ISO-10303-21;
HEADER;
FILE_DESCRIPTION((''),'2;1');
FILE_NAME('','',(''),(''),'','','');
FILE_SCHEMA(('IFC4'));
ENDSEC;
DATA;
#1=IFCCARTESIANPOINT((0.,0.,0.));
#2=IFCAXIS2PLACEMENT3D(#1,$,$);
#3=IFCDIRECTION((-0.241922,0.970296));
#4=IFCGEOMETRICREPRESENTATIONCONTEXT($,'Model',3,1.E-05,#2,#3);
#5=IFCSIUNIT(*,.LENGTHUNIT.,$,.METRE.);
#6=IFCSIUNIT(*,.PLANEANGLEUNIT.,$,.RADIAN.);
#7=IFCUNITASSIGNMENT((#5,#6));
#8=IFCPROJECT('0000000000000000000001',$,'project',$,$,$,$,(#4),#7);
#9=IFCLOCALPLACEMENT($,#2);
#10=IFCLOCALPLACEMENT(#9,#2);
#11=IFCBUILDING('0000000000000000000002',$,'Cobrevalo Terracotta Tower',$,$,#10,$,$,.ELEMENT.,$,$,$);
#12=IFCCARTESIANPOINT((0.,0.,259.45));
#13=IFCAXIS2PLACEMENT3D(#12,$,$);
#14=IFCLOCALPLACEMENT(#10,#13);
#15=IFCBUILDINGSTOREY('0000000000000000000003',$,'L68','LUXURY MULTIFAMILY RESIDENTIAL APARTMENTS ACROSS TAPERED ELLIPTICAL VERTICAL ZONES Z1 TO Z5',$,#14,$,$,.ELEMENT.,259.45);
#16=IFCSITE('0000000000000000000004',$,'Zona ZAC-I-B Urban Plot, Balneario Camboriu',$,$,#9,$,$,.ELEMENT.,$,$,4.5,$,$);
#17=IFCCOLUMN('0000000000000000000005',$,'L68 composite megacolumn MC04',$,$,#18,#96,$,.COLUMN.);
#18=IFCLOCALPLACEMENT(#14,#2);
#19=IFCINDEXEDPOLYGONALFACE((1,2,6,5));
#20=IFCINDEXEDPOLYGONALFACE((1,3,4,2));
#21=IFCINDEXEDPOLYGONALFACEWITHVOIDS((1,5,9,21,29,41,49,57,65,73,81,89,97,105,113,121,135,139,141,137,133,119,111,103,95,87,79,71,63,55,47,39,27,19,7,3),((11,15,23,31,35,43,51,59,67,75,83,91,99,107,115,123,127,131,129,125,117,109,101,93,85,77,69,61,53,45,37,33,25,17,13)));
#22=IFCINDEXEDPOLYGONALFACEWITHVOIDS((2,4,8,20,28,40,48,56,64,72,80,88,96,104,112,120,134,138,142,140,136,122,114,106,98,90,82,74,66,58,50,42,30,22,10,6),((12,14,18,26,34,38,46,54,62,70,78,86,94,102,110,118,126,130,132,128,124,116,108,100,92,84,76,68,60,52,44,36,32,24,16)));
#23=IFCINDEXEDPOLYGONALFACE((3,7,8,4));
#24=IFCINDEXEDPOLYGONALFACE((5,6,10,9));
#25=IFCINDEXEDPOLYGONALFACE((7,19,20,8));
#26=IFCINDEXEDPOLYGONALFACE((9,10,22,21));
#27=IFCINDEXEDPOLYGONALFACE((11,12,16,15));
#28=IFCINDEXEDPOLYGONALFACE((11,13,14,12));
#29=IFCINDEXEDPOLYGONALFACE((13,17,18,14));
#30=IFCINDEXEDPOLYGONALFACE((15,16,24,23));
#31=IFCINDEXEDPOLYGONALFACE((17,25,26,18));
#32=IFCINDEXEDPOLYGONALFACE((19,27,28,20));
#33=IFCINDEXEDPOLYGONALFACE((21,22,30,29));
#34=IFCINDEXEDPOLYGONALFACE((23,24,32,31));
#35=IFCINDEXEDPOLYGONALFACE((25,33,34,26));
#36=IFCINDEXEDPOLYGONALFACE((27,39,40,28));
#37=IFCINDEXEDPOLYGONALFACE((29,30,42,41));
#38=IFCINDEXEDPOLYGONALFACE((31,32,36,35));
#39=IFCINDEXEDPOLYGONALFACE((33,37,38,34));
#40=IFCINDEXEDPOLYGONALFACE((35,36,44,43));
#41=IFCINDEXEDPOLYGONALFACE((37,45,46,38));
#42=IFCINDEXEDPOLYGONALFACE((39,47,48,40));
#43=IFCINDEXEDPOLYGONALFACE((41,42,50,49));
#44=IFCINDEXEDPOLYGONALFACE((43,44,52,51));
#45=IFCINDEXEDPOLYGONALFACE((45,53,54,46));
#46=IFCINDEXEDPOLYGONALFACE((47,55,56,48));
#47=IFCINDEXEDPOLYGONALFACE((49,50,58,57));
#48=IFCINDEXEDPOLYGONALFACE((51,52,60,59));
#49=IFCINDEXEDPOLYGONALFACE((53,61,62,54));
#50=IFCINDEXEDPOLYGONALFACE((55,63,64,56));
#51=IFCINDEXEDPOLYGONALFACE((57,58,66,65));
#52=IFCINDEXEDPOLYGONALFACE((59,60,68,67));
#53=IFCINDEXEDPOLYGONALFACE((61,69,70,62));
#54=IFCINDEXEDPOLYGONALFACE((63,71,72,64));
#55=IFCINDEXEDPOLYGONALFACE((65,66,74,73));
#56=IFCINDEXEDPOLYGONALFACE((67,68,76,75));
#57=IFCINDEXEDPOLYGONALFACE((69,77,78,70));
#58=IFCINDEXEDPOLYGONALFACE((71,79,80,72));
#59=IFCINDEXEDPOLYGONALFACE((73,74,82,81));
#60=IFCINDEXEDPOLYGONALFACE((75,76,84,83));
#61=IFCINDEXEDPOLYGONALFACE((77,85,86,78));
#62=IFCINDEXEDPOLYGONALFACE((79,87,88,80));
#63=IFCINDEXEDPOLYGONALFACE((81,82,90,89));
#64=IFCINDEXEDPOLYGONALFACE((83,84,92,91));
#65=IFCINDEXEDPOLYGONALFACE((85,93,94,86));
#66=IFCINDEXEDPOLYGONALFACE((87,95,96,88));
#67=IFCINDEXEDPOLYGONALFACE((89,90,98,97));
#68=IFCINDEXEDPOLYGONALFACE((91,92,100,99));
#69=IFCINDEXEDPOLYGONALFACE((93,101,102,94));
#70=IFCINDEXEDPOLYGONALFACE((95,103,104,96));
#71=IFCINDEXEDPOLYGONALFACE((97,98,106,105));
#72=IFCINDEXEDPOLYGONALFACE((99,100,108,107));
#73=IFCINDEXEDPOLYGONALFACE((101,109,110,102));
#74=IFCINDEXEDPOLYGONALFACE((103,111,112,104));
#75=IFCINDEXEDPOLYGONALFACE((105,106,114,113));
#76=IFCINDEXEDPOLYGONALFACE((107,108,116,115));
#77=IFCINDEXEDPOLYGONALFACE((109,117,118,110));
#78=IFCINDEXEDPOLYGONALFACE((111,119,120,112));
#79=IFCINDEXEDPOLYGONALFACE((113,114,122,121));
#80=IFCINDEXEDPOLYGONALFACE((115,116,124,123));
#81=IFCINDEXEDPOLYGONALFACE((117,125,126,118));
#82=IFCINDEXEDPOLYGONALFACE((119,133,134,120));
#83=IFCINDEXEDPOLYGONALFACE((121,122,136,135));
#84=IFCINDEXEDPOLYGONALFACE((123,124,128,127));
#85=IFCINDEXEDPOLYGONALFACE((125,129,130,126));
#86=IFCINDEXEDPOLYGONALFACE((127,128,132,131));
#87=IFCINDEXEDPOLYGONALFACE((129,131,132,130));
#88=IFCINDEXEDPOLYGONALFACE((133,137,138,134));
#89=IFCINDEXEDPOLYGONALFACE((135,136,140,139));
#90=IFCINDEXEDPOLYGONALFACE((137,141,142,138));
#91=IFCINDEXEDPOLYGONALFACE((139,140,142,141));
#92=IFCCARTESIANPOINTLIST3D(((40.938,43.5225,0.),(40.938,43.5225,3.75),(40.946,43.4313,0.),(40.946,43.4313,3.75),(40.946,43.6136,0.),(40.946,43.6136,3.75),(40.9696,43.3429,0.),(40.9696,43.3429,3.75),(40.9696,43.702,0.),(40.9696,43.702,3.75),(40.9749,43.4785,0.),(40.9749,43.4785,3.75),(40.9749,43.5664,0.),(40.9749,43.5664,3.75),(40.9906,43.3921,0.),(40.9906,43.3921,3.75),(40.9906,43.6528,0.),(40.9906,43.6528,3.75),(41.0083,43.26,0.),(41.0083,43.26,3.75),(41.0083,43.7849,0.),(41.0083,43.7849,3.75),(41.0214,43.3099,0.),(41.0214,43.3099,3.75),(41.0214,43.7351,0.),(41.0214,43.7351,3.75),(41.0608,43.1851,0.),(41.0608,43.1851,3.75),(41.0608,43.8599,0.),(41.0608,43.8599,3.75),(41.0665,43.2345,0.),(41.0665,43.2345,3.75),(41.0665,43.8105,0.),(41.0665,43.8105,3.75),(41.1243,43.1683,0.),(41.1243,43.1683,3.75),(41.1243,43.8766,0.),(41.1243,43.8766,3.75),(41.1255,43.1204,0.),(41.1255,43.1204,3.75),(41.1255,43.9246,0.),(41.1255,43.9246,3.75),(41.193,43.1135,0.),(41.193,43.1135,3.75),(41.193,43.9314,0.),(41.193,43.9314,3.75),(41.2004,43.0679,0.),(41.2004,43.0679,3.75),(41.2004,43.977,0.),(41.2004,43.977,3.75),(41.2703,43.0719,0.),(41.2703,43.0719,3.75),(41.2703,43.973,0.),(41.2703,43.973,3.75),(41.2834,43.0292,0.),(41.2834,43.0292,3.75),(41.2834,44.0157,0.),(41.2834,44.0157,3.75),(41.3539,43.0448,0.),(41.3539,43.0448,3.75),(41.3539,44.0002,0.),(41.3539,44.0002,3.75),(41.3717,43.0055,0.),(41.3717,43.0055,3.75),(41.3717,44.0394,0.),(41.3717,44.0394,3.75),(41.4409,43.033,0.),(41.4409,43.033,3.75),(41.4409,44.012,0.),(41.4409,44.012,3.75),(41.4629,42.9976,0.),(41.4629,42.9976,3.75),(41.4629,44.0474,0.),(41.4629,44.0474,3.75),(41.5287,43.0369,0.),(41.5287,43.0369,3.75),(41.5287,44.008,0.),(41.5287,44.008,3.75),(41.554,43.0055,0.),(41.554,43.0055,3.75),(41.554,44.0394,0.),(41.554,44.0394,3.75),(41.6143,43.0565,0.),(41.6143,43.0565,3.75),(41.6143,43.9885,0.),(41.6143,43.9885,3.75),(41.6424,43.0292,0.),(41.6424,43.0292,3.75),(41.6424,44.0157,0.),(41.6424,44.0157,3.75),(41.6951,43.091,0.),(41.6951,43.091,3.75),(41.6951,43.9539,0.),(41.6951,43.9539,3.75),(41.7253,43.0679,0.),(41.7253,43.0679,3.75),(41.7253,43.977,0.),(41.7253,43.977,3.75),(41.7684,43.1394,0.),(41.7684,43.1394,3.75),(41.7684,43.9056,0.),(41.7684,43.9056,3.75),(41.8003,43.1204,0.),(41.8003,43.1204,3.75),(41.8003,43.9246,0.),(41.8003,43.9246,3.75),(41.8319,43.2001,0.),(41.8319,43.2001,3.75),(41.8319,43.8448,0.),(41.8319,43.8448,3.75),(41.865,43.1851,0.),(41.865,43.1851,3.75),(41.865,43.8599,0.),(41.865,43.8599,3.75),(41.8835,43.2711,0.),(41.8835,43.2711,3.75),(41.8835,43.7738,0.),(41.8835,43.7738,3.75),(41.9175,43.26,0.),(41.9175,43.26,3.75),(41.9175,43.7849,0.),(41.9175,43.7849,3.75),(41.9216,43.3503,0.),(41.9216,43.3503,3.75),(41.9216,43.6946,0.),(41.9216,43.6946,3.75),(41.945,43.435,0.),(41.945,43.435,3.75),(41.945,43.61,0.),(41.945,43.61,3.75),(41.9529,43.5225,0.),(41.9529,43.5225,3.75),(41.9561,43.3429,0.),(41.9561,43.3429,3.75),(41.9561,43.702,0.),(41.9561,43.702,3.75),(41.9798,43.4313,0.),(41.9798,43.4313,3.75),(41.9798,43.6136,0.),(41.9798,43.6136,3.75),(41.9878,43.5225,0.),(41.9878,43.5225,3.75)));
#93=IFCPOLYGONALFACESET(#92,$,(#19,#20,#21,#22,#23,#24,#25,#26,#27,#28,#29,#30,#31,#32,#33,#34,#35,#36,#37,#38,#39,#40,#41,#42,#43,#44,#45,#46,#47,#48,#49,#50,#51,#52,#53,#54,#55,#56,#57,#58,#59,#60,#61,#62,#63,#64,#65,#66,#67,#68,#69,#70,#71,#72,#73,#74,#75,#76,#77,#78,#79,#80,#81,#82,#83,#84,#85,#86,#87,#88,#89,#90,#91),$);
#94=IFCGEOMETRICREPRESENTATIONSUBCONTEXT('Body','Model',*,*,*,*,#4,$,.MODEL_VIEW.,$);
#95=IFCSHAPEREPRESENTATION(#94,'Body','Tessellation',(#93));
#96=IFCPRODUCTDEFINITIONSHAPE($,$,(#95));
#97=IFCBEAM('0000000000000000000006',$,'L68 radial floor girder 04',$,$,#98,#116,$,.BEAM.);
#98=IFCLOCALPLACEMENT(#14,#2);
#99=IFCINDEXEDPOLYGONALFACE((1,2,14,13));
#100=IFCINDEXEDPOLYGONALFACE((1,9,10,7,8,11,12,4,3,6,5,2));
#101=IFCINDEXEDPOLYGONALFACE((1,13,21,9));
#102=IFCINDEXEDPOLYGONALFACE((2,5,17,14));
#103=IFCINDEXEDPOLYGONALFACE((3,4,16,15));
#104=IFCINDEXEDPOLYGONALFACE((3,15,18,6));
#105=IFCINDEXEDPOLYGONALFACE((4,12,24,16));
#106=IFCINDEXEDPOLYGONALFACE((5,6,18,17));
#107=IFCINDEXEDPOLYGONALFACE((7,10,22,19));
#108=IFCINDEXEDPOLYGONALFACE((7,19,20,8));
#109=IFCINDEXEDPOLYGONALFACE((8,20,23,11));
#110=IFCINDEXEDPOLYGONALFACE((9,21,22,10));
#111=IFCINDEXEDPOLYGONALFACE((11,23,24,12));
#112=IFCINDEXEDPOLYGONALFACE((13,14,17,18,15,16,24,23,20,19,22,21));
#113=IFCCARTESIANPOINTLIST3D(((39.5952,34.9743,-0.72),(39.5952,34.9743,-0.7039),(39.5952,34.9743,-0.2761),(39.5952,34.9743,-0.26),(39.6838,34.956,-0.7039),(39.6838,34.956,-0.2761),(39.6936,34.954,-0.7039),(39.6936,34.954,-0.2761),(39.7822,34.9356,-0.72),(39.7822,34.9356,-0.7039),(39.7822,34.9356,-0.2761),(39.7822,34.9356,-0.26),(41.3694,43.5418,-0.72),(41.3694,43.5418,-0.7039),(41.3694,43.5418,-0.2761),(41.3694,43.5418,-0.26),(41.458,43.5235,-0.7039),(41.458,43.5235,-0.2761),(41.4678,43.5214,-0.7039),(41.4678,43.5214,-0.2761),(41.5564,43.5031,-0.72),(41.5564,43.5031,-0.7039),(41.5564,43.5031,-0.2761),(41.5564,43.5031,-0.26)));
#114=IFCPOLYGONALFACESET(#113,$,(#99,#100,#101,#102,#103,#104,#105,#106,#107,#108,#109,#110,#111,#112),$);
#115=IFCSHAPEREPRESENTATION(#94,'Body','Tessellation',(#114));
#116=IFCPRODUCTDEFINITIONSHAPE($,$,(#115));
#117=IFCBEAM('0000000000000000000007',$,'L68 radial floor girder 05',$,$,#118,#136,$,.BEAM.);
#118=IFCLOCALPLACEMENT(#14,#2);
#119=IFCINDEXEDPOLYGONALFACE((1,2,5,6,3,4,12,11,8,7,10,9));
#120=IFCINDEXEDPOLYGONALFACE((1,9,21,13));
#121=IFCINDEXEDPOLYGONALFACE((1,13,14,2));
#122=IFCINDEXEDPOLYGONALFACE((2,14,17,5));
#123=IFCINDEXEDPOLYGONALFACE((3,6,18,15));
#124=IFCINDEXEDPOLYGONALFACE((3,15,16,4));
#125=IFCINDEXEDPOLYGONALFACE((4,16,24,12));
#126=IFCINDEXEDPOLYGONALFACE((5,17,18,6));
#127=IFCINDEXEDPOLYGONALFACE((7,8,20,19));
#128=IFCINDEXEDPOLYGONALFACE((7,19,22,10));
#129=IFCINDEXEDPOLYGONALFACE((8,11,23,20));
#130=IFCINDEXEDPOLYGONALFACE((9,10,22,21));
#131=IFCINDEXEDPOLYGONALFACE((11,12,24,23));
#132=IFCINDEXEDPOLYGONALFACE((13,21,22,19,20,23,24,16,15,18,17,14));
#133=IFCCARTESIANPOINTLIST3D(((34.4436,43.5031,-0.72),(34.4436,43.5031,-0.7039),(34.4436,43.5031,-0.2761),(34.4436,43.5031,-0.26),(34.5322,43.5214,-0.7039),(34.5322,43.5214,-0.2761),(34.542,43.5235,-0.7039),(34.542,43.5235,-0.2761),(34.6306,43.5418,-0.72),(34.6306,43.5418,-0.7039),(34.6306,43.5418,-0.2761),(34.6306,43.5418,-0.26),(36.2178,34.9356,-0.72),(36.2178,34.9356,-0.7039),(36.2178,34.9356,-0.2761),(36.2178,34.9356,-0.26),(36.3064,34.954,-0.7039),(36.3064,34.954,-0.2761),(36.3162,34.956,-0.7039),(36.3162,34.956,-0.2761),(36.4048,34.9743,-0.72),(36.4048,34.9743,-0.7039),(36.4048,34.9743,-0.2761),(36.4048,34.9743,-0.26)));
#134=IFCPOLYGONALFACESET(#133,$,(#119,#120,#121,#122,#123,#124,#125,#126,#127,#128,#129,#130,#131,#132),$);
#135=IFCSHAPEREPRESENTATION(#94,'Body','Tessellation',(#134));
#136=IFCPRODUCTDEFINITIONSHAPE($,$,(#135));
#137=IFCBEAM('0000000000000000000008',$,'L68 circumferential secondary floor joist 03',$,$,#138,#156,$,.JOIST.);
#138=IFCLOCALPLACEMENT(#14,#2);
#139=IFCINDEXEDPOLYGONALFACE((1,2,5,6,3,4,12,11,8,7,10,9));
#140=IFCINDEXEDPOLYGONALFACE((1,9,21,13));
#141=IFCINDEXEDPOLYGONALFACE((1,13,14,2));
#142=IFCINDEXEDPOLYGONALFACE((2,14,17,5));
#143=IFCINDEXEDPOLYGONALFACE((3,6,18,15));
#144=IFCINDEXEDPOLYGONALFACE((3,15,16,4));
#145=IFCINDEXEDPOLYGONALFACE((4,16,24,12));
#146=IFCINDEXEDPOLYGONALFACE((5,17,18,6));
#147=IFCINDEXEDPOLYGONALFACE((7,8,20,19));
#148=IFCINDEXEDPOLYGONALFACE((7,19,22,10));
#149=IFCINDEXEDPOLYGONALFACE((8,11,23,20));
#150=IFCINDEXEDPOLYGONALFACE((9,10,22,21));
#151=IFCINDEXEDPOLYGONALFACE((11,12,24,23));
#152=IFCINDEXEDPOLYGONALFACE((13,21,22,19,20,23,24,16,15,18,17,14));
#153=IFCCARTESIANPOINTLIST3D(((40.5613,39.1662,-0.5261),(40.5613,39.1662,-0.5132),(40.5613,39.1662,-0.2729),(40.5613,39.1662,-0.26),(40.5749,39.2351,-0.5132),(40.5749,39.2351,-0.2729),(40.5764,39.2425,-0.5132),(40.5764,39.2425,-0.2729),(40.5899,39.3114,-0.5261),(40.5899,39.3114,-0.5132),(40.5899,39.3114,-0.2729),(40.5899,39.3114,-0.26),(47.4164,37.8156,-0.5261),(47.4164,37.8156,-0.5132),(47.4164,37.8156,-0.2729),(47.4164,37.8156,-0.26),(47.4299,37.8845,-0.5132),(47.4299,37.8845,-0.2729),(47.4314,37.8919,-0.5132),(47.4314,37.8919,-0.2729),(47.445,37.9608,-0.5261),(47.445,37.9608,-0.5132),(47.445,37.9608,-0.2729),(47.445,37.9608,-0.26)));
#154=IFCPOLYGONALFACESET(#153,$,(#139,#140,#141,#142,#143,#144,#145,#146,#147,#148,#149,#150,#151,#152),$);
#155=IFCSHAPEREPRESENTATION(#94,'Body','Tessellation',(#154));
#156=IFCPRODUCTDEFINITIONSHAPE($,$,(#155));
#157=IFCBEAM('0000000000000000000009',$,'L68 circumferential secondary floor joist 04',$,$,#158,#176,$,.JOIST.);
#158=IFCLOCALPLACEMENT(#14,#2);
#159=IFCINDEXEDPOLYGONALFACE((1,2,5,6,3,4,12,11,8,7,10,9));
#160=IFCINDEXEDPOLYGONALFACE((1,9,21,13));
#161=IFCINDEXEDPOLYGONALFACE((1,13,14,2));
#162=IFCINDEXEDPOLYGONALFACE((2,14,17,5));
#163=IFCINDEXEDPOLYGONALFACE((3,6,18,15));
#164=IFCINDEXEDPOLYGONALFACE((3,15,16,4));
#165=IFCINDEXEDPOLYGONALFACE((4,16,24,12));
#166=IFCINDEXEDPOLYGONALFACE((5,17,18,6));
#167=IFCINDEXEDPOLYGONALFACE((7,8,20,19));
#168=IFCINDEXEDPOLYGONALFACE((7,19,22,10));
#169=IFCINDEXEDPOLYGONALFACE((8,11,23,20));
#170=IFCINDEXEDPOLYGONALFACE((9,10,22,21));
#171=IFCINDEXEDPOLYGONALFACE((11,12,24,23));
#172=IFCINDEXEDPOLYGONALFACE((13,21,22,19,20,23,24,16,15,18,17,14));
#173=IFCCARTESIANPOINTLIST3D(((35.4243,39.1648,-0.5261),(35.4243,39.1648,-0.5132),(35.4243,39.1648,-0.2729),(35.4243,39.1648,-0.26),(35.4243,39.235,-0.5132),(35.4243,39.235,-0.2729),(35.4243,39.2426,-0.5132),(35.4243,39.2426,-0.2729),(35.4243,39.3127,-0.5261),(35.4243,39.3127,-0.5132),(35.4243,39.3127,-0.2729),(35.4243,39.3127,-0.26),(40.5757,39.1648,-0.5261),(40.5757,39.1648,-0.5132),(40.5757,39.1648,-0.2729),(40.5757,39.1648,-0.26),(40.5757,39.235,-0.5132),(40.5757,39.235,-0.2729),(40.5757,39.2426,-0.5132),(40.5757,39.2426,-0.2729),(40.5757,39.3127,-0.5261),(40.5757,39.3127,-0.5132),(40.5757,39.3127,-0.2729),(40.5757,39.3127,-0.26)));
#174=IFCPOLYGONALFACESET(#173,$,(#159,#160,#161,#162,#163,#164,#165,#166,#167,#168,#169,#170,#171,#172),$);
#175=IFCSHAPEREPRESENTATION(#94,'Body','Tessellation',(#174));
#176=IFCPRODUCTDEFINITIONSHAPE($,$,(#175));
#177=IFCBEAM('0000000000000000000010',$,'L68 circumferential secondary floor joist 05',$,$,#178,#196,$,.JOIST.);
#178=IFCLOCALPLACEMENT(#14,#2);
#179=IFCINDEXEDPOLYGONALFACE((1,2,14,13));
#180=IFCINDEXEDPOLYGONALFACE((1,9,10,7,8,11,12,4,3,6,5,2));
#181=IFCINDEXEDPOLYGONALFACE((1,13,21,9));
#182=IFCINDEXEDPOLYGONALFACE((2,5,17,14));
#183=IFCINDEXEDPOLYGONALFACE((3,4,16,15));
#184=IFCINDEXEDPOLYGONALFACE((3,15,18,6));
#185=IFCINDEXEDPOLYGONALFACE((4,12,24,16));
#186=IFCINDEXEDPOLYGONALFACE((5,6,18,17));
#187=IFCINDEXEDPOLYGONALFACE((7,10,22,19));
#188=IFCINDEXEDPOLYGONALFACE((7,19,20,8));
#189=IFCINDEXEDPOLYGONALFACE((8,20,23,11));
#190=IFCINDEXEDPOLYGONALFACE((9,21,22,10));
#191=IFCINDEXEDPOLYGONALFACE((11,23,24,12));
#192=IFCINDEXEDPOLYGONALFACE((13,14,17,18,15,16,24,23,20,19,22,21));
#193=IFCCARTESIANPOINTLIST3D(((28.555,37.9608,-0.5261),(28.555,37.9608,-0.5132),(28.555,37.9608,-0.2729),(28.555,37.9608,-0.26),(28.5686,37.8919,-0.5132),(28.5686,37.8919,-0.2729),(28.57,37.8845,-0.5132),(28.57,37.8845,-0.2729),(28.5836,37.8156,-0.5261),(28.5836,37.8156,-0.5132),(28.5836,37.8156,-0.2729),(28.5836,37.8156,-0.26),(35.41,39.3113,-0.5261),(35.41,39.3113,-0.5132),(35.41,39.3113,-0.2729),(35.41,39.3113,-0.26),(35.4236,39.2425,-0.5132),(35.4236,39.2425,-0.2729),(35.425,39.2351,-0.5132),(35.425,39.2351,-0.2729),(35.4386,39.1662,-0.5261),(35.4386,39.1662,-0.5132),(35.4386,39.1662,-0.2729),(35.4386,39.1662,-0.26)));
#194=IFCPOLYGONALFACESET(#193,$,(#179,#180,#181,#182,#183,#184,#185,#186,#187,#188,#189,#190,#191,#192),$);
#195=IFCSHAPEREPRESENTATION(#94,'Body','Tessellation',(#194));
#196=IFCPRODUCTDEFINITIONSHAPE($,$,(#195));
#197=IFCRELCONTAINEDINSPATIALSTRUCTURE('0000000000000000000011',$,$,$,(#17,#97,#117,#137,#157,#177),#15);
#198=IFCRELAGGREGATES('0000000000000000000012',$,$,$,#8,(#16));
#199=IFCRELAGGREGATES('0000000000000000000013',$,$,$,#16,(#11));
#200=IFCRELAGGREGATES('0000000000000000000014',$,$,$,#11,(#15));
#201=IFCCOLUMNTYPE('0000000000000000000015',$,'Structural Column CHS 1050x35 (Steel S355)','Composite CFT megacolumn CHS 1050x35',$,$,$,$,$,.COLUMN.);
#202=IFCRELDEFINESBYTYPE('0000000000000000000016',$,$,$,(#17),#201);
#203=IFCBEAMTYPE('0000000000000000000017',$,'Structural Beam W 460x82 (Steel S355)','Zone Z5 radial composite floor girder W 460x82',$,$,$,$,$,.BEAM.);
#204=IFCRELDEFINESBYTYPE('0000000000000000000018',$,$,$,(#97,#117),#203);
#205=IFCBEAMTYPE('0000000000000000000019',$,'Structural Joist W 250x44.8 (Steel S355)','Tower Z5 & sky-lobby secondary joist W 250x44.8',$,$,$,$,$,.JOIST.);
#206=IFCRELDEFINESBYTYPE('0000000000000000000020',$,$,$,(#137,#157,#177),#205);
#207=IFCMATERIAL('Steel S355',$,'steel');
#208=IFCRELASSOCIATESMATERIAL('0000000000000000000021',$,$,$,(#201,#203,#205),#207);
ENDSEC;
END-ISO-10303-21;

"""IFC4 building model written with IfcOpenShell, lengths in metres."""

from ifc_helpers import new_model, si_unit, direction, frame, origin, origin_2d, place, context, subcontext, project, spatial, hollow_circle, i_section, extrude, material, material_profile, profile_set, type_object, element, save


model = new_model("IFC4")

# Units and contexts
model_context = context("Model", 3, precision=1e-05, world=origin(), true_north=direction((-0.241922, 0.970296)))
body_context = subcontext(model_context, "Body", "Model", "MODEL_VIEW")
ifc_project = project(units=[si_unit("LENGTHUNIT", "METRE"), si_unit("PLANEANGLEUNIT", "RADIAN")], contexts=[model_context])

# Site, building, storey
site_placement = place(None, origin())
site = spatial("IfcSite", under=ifc_project, at=site_placement, Name="Zona ZAC-I-B Urban Plot, Balneario Camboriu", CompositionType="ELEMENT", RefElevation=4.5)
building_placement = place(site_placement, origin())
building = spatial("IfcBuilding", under=site, at=building_placement, Name="Cobrevalo Terracotta Tower", CompositionType="ELEMENT")
storey_placement = place(building_placement, frame((0.0, 0.0, 259.45)))
storey = spatial("IfcBuildingStorey", under=building, at=storey_placement, Name="L68", Description="LUXURY MULTIFAMILY RESIDENTIAL APARTMENTS ACROSS TAPERED ELLIPTICAL VERTICAL ZONES Z1 TO Z5", CompositionType="ELEMENT", Elevation=259.45)

# Column
ifc_material_1 = material(Name="Steel S355", Category="steel")
ifc_material_profile_1 = material_profile(ifc_material_1, hollow_circle(Radius=0.5249, WallThickness=0.0349, at=origin_2d()), Name="CHS 1050x35")
ifc_profile_set_1 = profile_set([ifc_material_profile_1], Name="Steel S355")
column_type = type_object("IfcColumnType", Name="Structural Column CHS 1050x35 (Steel S355)", Description="Composite CFT megacolumn CHS 1050x35", PredefinedType="COLUMN", material=ifc_profile_set_1)
column_placement = place(storey_placement, frame((41.4629, 43.5225, 0.0), z_axis=(0.0, 0.0, 1.0), x_axis=(1.0, 0.0, 0.0)))
element("IfcColumn", 1, at=column_placement, inside=storey, type_object=column_type, Name="L68 composite megacolumn MC04", PredefinedType="COLUMN", context=body_context, shape_type="SweptSolid", body=[
    extrude(hollow_circle(Radius=0.5249, WallThickness=0.0349, at=origin_2d()), origin(), (0.0, 0.0, 1.0), 3.75),
])

# Beams
ifc_material_profile_2 = material_profile(ifc_material_1, i_section(OverallWidth=0.1909, OverallDepth=0.46, WebThickness=0.01, FlangeThickness=0.0161, at=origin_2d()), Name="W 460x82")
ifc_profile_set_2 = profile_set([ifc_material_profile_2], Name="Steel S355")
beam_type_1 = type_object("IfcBeamType", Name="Structural Beam W 460x82 (Steel S355)", Description="Zone Z5 radial composite floor girder W 460x82", PredefinedType="BEAM", material=ifc_profile_set_2)
for number, where, z_axis, x_axis, name in (
    (2, (41.4629, 43.5225, -0.49), (-0.202782, -0.979224, 0.0), (0.979224, -0.202782, 0.0), "L68 radial floor girder 04"),
    (3, (34.5371, 43.5225, -0.49), (0.202782, -0.979224, 0.0), (0.979224, 0.202782, 0.0), "L68 radial floor girder 05"),
):
    element("IfcBeam", number, at=place(storey_placement, frame(where, z_axis=z_axis, x_axis=x_axis)), inside=storey, type_object=beam_type_1, Name=name, PredefinedType="BEAM", context=body_context, shape_type="SweptSolid", body=[
        extrude(i_section(OverallWidth=0.1909, OverallDepth=0.46, WebThickness=0.01, FlangeThickness=0.0161, at=origin_2d()), origin(), (0.0, 0.0, 1.0), 8.7493),
    ])
ifc_material_profile_3 = material_profile(ifc_material_1, i_section(OverallWidth=0.1479, OverallDepth=0.2661, WebThickness=0.0076, FlangeThickness=0.0129, at=origin_2d()), Name="W 250x44.8")
ifc_profile_set_3 = profile_set([ifc_material_profile_3], Name="Steel S355")
beam_type_2 = type_object("IfcBeamType", Name="Structural Joist W 250x44.8 (Steel S355)", Description="Tower Z5 & sky-lobby secondary joist W 250x44.8", PredefinedType="JOIST", material=ifc_profile_set_3)
beam_1_placement = place(storey_placement, frame((47.4307, 37.8882, -0.3931), z_axis=(-0.981138, 0.193306, 0.0), x_axis=(-0.193306, -0.981138, 0.0)))
element("IfcBeam", 4, at=beam_1_placement, inside=storey, type_object=beam_type_2, Name="L68 circumferential secondary floor joist 03", PredefinedType="JOIST", context=body_context, shape_type="SweptSolid", body=[
    extrude(i_section(OverallWidth=0.1479, OverallDepth=0.2661, WebThickness=0.0076, FlangeThickness=0.0129, at=origin_2d()), origin(), (0.0, 0.0, 1.0), 6.9868),
])
beam_2_placement = place(storey_placement, frame((40.5757, 39.2388, -0.3931), z_axis=(-1.0, 0.0, 0.0), x_axis=(0.0, -1.0, 0.0)))
element("IfcBeam", 5, at=beam_2_placement, inside=storey, type_object=beam_type_2, Name="L68 circumferential secondary floor joist 04", PredefinedType="JOIST", context=body_context, shape_type="SweptSolid", body=[
    extrude(i_section(OverallWidth=0.1479, OverallDepth=0.2661, WebThickness=0.0076, FlangeThickness=0.0129, at=origin_2d()), origin(), (0.0, 0.0, 1.0), 5.1514),
])
beam_3_placement = place(storey_placement, frame((35.4243, 39.2388, -0.3931), z_axis=(-0.981138, -0.193306, 0.0), x_axis=(0.193306, -0.981138, 0.0)))
element("IfcBeam", 6, at=beam_3_placement, inside=storey, type_object=beam_type_2, Name="L68 circumferential secondary floor joist 05", PredefinedType="JOIST", context=body_context, shape_type="SweptSolid", body=[
    extrude(i_section(OverallWidth=0.1479, OverallDepth=0.2661, WebThickness=0.0076, FlangeThickness=0.0129, at=origin_2d()), origin(), (0.0, 0.0, 1.0), 6.9868),
])

save(model, "model.ifc")
